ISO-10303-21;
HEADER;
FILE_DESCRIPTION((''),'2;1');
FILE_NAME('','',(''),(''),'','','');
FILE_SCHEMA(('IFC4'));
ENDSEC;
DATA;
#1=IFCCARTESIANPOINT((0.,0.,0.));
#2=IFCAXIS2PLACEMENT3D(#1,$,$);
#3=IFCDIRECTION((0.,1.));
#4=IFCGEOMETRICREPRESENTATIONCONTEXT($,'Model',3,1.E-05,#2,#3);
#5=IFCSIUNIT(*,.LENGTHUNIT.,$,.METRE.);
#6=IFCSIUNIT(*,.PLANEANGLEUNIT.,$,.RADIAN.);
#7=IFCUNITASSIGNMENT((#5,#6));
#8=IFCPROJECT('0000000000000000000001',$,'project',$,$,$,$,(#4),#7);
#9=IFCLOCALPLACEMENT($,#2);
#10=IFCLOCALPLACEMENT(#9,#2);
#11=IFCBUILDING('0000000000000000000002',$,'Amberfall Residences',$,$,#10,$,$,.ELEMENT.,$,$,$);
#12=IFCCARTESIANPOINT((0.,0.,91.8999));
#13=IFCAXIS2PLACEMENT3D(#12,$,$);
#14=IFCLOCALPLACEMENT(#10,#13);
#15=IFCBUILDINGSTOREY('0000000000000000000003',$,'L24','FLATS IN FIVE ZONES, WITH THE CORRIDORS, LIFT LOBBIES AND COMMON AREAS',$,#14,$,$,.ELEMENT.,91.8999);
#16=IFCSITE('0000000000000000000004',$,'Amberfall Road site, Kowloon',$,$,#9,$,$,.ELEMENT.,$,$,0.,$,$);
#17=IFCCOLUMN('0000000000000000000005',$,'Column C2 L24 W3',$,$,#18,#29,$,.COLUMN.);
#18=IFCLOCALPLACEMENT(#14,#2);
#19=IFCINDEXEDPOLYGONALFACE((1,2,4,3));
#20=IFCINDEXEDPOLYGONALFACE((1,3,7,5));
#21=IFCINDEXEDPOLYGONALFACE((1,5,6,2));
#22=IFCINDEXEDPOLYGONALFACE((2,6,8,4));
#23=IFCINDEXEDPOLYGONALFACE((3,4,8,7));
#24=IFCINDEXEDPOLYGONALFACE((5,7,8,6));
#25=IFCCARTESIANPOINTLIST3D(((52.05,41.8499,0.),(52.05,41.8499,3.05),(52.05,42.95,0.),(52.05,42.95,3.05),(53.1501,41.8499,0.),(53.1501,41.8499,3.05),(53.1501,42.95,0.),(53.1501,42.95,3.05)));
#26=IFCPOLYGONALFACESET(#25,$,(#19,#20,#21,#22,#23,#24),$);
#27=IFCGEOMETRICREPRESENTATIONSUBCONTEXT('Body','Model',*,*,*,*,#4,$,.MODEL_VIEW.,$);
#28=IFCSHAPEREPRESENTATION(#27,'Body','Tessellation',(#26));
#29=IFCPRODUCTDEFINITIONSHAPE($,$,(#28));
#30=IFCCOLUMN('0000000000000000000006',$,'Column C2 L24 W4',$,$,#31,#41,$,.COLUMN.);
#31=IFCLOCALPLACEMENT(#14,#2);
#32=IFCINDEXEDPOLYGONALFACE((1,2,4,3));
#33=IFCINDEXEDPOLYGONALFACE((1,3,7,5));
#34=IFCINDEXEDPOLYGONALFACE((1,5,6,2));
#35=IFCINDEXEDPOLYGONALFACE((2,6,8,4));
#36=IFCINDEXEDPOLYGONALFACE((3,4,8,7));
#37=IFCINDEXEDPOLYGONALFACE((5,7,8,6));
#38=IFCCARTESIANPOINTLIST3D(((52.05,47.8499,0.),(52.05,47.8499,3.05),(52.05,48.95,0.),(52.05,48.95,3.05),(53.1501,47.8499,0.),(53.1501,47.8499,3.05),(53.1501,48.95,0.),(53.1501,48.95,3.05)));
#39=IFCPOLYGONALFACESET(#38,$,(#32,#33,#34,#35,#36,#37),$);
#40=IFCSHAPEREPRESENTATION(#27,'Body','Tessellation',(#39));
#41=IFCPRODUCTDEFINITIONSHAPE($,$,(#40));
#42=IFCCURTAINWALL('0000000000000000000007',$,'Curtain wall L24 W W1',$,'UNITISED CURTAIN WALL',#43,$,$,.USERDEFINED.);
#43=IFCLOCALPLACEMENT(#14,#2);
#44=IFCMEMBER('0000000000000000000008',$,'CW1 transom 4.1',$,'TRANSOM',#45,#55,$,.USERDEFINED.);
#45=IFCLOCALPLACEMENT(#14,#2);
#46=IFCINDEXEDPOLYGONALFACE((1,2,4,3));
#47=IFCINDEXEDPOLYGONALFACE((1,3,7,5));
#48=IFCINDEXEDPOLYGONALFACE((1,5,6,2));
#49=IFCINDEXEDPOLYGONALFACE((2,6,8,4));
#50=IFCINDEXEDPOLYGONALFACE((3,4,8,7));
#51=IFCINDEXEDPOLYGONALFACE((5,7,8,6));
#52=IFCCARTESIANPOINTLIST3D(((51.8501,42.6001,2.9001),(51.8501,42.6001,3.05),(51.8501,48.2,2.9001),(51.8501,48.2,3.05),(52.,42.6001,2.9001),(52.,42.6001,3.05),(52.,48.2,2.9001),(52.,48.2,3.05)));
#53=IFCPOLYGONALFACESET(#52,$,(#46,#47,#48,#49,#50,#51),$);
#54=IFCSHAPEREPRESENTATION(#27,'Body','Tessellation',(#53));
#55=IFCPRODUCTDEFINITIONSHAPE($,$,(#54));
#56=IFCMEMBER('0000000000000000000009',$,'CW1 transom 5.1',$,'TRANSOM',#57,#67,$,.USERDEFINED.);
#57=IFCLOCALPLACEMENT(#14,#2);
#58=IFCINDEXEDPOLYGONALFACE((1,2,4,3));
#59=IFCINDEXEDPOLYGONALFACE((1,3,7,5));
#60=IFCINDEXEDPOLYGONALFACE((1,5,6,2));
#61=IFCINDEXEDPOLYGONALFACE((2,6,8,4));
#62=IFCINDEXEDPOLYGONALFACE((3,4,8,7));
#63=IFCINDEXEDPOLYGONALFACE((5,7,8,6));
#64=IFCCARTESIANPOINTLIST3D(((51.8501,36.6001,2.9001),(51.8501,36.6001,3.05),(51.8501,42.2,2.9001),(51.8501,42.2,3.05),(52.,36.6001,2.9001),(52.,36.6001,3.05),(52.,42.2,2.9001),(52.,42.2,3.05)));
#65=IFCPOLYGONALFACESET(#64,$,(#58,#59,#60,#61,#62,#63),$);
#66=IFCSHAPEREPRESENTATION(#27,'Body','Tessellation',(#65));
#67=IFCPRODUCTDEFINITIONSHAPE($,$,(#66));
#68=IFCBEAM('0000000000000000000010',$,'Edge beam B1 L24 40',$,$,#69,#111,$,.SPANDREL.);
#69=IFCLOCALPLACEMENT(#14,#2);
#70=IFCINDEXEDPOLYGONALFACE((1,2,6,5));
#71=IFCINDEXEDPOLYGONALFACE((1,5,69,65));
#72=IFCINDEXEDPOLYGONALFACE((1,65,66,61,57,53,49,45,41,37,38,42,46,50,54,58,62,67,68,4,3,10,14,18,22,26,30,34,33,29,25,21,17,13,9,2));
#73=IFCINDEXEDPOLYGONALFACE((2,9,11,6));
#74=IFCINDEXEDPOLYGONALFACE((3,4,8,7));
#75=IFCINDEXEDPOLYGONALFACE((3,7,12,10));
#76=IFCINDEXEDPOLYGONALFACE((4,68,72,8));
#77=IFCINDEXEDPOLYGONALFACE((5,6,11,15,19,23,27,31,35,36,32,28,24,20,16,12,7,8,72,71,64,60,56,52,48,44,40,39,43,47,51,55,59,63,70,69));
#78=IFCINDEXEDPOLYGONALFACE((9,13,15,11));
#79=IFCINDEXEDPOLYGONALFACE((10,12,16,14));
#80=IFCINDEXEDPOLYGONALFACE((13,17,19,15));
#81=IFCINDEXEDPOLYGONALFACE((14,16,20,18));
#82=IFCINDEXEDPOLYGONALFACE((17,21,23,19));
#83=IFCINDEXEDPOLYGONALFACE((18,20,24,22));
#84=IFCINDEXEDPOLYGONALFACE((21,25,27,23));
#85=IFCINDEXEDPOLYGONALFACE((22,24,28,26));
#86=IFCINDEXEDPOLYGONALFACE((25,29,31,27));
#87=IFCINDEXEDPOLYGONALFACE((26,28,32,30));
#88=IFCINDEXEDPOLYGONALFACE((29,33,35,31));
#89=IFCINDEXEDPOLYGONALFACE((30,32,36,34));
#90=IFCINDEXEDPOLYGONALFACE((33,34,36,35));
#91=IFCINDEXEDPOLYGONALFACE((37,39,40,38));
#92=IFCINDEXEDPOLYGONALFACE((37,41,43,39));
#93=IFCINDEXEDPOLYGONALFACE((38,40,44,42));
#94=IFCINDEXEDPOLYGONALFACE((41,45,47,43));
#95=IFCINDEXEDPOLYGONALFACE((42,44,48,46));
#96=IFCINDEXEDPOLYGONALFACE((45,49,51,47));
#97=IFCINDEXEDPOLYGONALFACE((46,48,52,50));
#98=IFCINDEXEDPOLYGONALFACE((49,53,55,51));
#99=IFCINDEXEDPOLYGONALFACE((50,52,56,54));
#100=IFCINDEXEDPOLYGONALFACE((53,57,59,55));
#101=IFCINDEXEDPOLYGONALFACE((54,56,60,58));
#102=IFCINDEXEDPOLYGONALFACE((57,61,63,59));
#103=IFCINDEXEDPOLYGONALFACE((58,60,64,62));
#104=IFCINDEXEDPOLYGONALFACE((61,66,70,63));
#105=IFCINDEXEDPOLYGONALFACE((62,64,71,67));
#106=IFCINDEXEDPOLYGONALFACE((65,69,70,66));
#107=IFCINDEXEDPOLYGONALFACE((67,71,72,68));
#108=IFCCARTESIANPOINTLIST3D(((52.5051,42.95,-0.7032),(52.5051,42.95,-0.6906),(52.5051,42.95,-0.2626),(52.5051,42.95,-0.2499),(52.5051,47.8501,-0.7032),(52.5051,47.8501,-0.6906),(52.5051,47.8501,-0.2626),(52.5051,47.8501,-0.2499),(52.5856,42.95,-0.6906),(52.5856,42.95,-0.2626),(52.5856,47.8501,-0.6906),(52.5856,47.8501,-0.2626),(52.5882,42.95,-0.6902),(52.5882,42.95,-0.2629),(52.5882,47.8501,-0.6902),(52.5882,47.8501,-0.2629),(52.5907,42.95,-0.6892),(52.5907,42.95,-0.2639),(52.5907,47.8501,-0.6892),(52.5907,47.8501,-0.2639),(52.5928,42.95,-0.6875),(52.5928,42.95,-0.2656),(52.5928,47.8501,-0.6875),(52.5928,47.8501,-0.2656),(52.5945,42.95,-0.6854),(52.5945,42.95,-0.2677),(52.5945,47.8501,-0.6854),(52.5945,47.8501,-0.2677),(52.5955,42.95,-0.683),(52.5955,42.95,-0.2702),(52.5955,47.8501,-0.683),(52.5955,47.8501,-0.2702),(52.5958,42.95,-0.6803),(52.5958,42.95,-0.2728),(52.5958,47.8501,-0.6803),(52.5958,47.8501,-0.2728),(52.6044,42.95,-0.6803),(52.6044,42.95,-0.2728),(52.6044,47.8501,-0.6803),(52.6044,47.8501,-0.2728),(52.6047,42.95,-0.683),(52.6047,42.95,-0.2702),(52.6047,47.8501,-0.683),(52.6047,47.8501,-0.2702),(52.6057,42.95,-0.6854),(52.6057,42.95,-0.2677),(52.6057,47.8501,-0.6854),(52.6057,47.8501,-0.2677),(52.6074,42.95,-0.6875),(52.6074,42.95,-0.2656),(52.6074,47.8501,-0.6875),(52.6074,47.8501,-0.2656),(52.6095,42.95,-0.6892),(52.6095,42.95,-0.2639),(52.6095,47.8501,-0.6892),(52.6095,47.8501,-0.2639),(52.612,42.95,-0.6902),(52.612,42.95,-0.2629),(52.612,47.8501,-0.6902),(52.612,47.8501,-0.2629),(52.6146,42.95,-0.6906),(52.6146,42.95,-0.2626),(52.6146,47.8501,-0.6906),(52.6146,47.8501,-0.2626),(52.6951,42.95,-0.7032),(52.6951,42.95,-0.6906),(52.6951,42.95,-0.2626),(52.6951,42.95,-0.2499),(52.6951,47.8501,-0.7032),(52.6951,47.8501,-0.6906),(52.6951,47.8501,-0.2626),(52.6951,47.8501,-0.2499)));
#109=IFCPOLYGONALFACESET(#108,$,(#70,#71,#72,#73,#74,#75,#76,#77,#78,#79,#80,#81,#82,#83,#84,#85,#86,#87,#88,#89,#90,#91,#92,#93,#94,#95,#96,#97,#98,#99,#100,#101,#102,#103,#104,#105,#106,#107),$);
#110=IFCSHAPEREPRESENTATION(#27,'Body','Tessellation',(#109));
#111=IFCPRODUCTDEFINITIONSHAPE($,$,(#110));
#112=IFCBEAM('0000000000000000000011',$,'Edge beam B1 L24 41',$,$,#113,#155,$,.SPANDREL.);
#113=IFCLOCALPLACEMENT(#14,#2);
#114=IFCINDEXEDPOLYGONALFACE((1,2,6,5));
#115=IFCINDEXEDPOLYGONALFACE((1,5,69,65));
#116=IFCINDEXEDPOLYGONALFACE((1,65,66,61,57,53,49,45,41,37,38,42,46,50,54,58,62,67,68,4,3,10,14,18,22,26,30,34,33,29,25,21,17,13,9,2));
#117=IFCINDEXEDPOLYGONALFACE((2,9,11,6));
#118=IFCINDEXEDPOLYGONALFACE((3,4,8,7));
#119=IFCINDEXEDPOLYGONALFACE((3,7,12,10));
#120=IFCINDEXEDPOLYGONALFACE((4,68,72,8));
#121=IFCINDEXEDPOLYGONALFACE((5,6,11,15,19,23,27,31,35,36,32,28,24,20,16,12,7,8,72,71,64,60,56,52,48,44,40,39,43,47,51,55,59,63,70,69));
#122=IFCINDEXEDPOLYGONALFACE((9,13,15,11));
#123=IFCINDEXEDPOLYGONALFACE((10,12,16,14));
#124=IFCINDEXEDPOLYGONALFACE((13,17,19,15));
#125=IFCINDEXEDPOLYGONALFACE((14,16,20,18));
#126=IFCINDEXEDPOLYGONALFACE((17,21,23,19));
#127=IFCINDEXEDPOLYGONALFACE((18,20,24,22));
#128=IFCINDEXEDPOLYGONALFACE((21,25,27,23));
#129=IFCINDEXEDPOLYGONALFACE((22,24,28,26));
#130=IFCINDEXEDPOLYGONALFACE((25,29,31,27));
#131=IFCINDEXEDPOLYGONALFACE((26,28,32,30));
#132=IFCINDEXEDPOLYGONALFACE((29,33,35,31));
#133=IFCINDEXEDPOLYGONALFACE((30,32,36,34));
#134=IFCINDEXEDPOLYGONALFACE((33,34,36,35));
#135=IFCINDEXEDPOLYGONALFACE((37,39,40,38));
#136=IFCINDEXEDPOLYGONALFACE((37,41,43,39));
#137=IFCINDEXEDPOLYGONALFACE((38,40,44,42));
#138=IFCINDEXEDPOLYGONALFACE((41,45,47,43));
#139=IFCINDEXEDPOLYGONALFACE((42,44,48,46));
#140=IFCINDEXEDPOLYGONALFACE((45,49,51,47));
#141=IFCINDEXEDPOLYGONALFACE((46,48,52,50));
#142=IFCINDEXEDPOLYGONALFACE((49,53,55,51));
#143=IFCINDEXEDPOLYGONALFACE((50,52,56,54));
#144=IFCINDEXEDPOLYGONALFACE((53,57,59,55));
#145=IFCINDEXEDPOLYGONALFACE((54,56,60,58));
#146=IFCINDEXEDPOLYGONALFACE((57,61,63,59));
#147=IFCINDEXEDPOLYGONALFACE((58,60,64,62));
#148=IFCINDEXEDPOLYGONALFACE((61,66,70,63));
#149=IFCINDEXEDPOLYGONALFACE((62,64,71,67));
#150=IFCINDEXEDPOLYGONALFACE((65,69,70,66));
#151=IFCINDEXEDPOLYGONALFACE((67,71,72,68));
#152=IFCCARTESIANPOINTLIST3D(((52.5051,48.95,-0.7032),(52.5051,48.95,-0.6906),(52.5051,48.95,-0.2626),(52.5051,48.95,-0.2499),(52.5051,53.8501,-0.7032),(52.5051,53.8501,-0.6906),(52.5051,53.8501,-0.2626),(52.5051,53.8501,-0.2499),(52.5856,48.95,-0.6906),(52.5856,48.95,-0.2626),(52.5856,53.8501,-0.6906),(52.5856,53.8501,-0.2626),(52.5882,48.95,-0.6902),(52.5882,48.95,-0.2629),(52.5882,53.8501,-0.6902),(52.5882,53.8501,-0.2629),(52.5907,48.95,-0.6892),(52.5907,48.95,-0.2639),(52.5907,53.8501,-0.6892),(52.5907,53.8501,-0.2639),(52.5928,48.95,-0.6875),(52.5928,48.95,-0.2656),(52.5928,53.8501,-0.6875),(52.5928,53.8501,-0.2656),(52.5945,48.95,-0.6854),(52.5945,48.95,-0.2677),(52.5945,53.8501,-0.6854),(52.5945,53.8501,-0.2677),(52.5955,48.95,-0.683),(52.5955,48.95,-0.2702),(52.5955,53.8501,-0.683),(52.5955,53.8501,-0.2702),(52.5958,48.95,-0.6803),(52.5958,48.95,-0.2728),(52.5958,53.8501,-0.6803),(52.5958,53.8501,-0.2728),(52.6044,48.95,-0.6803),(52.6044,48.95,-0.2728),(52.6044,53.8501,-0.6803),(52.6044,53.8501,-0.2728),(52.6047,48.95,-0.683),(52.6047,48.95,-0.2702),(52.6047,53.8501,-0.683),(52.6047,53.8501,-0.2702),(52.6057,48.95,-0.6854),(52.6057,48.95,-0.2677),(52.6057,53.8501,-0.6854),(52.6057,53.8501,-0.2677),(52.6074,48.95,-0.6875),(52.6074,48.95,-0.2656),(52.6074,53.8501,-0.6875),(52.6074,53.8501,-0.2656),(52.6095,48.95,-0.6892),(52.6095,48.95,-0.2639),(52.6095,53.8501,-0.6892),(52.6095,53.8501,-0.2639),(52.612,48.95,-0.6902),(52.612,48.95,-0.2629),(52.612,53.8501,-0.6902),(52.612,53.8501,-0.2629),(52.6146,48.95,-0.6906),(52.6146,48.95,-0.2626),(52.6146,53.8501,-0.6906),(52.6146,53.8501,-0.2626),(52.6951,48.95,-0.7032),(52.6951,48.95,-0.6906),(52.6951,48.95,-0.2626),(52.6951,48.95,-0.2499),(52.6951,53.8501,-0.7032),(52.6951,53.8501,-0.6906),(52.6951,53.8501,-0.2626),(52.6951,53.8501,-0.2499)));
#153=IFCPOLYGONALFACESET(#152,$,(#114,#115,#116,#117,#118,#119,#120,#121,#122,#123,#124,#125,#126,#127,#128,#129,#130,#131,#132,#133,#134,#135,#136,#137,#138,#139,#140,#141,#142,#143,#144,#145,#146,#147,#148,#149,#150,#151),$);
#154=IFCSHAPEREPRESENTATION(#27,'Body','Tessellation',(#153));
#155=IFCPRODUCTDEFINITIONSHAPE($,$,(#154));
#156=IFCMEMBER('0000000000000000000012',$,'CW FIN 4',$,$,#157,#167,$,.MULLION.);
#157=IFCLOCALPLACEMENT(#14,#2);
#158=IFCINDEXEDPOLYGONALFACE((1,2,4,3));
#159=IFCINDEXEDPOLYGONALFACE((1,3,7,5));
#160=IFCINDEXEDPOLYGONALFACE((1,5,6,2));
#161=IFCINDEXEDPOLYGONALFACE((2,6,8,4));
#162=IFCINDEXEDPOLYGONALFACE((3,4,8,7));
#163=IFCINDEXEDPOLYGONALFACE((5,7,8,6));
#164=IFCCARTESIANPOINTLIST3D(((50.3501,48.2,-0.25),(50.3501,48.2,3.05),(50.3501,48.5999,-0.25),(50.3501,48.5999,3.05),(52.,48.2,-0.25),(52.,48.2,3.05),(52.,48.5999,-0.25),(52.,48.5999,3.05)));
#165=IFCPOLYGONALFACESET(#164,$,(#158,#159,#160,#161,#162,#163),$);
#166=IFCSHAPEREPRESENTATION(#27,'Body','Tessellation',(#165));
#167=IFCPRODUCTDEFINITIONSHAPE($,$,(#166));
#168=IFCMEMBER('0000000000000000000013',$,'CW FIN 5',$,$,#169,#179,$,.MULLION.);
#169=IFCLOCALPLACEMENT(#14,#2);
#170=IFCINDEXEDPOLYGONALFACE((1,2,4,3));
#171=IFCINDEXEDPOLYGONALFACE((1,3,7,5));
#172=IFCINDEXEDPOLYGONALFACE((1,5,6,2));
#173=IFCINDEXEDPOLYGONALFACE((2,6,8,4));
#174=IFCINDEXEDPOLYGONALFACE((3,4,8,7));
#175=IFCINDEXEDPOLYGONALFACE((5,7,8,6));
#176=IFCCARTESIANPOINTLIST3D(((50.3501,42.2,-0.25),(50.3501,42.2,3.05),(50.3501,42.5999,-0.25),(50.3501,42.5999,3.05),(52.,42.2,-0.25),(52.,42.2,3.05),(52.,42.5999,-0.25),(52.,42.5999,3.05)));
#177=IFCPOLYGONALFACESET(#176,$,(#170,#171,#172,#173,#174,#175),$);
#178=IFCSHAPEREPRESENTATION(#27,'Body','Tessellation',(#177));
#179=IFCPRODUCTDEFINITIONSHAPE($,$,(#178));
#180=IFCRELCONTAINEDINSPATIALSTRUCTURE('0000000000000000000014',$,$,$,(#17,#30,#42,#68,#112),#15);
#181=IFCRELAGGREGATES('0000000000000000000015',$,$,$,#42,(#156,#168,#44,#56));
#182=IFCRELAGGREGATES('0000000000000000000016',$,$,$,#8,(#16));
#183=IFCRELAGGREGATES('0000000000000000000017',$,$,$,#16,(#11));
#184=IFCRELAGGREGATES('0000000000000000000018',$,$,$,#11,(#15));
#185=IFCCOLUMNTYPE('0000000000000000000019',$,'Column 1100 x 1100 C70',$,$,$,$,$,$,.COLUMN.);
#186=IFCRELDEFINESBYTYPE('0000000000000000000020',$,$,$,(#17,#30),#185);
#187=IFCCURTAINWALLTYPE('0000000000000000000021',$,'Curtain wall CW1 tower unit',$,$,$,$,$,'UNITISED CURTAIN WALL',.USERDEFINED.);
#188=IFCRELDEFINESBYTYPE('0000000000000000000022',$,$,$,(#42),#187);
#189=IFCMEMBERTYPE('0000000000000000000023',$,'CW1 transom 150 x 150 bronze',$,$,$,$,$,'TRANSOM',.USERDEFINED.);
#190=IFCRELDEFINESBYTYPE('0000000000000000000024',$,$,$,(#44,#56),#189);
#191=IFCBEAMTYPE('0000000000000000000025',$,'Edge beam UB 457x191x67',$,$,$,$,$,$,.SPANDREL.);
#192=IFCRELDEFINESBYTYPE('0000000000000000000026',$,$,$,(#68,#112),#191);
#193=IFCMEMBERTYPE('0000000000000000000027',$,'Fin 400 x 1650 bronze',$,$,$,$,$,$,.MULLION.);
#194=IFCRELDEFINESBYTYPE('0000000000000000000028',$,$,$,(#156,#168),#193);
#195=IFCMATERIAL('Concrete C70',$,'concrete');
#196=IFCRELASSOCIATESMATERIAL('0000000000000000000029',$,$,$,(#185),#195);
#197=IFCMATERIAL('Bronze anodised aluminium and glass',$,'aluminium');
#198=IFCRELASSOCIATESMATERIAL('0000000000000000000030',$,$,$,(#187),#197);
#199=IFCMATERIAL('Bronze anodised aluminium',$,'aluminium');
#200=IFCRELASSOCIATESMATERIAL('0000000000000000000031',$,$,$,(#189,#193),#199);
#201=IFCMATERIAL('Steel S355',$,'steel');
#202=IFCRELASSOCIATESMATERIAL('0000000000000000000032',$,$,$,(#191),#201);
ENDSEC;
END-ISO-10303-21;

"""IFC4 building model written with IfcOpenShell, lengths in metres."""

from ifc_helpers import new_model, si_unit, direction, frame, origin, origin_2d, place, context, subcontext, project, spatial, rectangle, i_section, extrude, material, material_profile, profile_set, type_object, element, aggregate, save


model = new_model("IFC4")

# Units and contexts
model_context = context("Model", 3, precision=1e-05, world=origin(), true_north=direction((0.0, 1.0)))
body_context = subcontext(model_context, "Body", "Model", "MODEL_VIEW")
ifc_project = project(units=[si_unit("LENGTHUNIT", "METRE"), si_unit("PLANEANGLEUNIT", "RADIAN")], contexts=[model_context])

# Site, building, storey
site_placement = place(None, origin())
site = spatial("IfcSite", under=ifc_project, at=site_placement, Name="Amberfall Road site, Kowloon", CompositionType="ELEMENT", RefElevation=0.0)
building_placement = place(site_placement, origin())
building = spatial("IfcBuilding", under=site, at=building_placement, Name="Amberfall Residences", CompositionType="ELEMENT")
storey_placement = place(building_placement, frame((0.0, 0.0, 91.8999)))
storey = spatial("IfcBuildingStorey", under=building, at=storey_placement, Name="L24", Description="FLATS IN FIVE ZONES, WITH THE CORRIDORS, LIFT LOBBIES AND COMMON AREAS", CompositionType="ELEMENT", Elevation=91.8999)

# Columns
ifc_material_1 = material(Name="Concrete C70", Category="concrete")
ifc_material_profile_1 = material_profile(ifc_material_1, rectangle(XDim=1.1001, YDim=1.1001, at=origin_2d()), Name="Column 1100 x 1100 C70")
ifc_profile_set_1 = profile_set([ifc_material_profile_1], Name="Concrete C70")
column_type = type_object("IfcColumnType", Name="Column 1100 x 1100 C70", PredefinedType="COLUMN", material=ifc_profile_set_1)
for number, where, z_axis, x_axis, name in (
    (1, (52.6001, 42.3999, 0.0), (0.0, 0.0, 1.0), (1.0, 0.0, 0.0), "Column C2 L24 W3"),
    (2, (52.6001, 48.3999, 0.0), (0.0, 0.0, 1.0), (1.0, 0.0, 0.0), "Column C2 L24 W4"),
):
    element("IfcColumn", number, at=place(storey_placement, frame(where, z_axis=z_axis, x_axis=x_axis)), inside=storey, type_object=column_type, Name=name, PredefinedType="COLUMN", context=body_context, shape_type="SweptSolid", body=[
        extrude(rectangle(XDim=1.1001, YDim=1.1001, at=origin_2d()), origin(), (0.0, 0.0, 1.0), 3.05),
    ])

# Curtain wall, members
ifc_material_2 = material(Name="Bronze anodised aluminium and glass", Category="aluminium")
curtain_wall_type = type_object("IfcCurtainWallType", Name="Curtain wall CW1 tower unit", ElementType="UNITISED CURTAIN WALL", PredefinedType="USERDEFINED", material=ifc_material_2)
curtain_wall_placement = place(storey_placement, origin())
curtain_wall = element("IfcCurtainWall", 3, at=curtain_wall_placement, inside=storey, type_object=curtain_wall_type, Name="Curtain wall L24 W W1", ObjectType="UNITISED CURTAIN WALL", PredefinedType="USERDEFINED")
ifc_material_3 = material(Name="Bronze anodised aluminium", Category="aluminium")
ifc_material_profile_2 = material_profile(ifc_material_3, rectangle(XDim=0.1499, YDim=0.1499, at=origin_2d()), Name="CW1 transom 150 x 150 bronze")
ifc_profile_set_2 = profile_set([ifc_material_profile_2], Name="Bronze anodised aluminium")
member_type_1 = type_object("IfcMemberType", Name="CW1 transom 150 x 150 bronze", ElementType="TRANSOM", PredefinedType="USERDEFINED", material=ifc_profile_set_2)
member_1_placement = place(storey_placement, frame((51.925, 48.2, 2.9751), z_axis=(0.0, -1.0, 0.0), x_axis=(1.0, 0.0, 0.0)))
member_1 = element("IfcMember", 4, at=member_1_placement, type_object=member_type_1, Name="CW1 transom 4.1", ObjectType="TRANSOM", PredefinedType="USERDEFINED", context=body_context, shape_type="SweptSolid", body=[
    extrude(rectangle(XDim=0.1499, YDim=0.1499, at=origin_2d()), origin(), (0.0, 0.0, 1.0), 5.5999),
])
member_2_placement = place(storey_placement, frame((51.925, 42.2, 2.9751), z_axis=(0.0, -1.0, 0.0), x_axis=(1.0, 0.0, 0.0)))
member_2 = element("IfcMember", 5, at=member_2_placement, type_object=member_type_1, Name="CW1 transom 5.1", ObjectType="TRANSOM", PredefinedType="USERDEFINED", context=body_context, shape_type="SweptSolid", body=[
    extrude(rectangle(XDim=0.1499, YDim=0.1499, at=origin_2d()), origin(), (0.0, 0.0, 1.0), 5.5999),
])

# Beams
ifc_material_4 = material(Name="Steel S355", Category="steel")
ifc_material_profile_3 = material_profile(ifc_material_4, i_section(OverallWidth=0.1899, OverallDepth=0.4534, WebThickness=0.0085, FlangeThickness=0.0127, FilletRadius=0.0103, at=origin_2d()), Name="UB 457x191x67")
ifc_profile_set_3 = profile_set([ifc_material_profile_3], Name="Steel S355")
beam_type_1 = type_object("IfcBeamType", Name="Edge beam UB 457x191x67", PredefinedType="SPANDREL", material=ifc_profile_set_3)
for number, where, z_axis, x_axis, name in (
    (6, (52.6001, 42.95, -0.4766), (0.0, 1.0, 0.0), (-1.0, 0.0, 0.0), "Edge beam B1 L24 40"),
    (7, (52.6001, 48.95, -0.4766), (0.0, 1.0, 0.0), (-1.0, 0.0, 0.0), "Edge beam B1 L24 41"),
):
    element("IfcBeam", number, at=place(storey_placement, frame(where, z_axis=z_axis, x_axis=x_axis)), inside=storey, type_object=beam_type_1, Name=name, PredefinedType="SPANDREL", context=body_context, shape_type="SweptSolid", body=[
        extrude(i_section(OverallWidth=0.1899, OverallDepth=0.4534, WebThickness=0.0085, FlangeThickness=0.0127, FilletRadius=0.0103, at=origin_2d()), origin(), (0.0, 0.0, 1.0), 4.9001),
    ])

# Members
ifc_material_profile_4 = material_profile(ifc_material_3, rectangle(XDim=1.6499, YDim=0.3999, at=origin_2d()), Name="Fin 400 x 1650 bronze")
ifc_profile_set_4 = profile_set([ifc_material_profile_4], Name="Bronze anodised aluminium")
member_type_2 = type_object("IfcMemberType", Name="Fin 400 x 1650 bronze", PredefinedType="MULLION", material=ifc_profile_set_4)
member_3_placement = place(storey_placement, frame((51.175, 48.3999, -0.25), z_axis=(0.0, 0.0, 1.0), x_axis=(1.0, 0.0, 0.0)))
member_3 = element("IfcMember", 8, at=member_3_placement, type_object=member_type_2, Name="CW FIN 4", PredefinedType="MULLION", context=body_context, shape_type="SweptSolid", body=[
    extrude(rectangle(XDim=1.6499, YDim=0.3999, at=origin_2d()), origin(), (0.0, 0.0, 1.0), 3.3),
])
member_4_placement = place(storey_placement, frame((51.175, 42.3999, -0.25), z_axis=(0.0, 0.0, 1.0), x_axis=(1.0, 0.0, 0.0)))
member_4 = element("IfcMember", 9, at=member_4_placement, type_object=member_type_2, Name="CW FIN 5", PredefinedType="MULLION", context=body_context, shape_type="SweptSolid", body=[
    extrude(rectangle(XDim=1.6499, YDim=0.3999, at=origin_2d()), origin(), (0.0, 0.0, 1.0), 3.3),
])

aggregate(curtain_wall, [member_3, member_4, member_1, member_2])

save(model, "model.ifc")
